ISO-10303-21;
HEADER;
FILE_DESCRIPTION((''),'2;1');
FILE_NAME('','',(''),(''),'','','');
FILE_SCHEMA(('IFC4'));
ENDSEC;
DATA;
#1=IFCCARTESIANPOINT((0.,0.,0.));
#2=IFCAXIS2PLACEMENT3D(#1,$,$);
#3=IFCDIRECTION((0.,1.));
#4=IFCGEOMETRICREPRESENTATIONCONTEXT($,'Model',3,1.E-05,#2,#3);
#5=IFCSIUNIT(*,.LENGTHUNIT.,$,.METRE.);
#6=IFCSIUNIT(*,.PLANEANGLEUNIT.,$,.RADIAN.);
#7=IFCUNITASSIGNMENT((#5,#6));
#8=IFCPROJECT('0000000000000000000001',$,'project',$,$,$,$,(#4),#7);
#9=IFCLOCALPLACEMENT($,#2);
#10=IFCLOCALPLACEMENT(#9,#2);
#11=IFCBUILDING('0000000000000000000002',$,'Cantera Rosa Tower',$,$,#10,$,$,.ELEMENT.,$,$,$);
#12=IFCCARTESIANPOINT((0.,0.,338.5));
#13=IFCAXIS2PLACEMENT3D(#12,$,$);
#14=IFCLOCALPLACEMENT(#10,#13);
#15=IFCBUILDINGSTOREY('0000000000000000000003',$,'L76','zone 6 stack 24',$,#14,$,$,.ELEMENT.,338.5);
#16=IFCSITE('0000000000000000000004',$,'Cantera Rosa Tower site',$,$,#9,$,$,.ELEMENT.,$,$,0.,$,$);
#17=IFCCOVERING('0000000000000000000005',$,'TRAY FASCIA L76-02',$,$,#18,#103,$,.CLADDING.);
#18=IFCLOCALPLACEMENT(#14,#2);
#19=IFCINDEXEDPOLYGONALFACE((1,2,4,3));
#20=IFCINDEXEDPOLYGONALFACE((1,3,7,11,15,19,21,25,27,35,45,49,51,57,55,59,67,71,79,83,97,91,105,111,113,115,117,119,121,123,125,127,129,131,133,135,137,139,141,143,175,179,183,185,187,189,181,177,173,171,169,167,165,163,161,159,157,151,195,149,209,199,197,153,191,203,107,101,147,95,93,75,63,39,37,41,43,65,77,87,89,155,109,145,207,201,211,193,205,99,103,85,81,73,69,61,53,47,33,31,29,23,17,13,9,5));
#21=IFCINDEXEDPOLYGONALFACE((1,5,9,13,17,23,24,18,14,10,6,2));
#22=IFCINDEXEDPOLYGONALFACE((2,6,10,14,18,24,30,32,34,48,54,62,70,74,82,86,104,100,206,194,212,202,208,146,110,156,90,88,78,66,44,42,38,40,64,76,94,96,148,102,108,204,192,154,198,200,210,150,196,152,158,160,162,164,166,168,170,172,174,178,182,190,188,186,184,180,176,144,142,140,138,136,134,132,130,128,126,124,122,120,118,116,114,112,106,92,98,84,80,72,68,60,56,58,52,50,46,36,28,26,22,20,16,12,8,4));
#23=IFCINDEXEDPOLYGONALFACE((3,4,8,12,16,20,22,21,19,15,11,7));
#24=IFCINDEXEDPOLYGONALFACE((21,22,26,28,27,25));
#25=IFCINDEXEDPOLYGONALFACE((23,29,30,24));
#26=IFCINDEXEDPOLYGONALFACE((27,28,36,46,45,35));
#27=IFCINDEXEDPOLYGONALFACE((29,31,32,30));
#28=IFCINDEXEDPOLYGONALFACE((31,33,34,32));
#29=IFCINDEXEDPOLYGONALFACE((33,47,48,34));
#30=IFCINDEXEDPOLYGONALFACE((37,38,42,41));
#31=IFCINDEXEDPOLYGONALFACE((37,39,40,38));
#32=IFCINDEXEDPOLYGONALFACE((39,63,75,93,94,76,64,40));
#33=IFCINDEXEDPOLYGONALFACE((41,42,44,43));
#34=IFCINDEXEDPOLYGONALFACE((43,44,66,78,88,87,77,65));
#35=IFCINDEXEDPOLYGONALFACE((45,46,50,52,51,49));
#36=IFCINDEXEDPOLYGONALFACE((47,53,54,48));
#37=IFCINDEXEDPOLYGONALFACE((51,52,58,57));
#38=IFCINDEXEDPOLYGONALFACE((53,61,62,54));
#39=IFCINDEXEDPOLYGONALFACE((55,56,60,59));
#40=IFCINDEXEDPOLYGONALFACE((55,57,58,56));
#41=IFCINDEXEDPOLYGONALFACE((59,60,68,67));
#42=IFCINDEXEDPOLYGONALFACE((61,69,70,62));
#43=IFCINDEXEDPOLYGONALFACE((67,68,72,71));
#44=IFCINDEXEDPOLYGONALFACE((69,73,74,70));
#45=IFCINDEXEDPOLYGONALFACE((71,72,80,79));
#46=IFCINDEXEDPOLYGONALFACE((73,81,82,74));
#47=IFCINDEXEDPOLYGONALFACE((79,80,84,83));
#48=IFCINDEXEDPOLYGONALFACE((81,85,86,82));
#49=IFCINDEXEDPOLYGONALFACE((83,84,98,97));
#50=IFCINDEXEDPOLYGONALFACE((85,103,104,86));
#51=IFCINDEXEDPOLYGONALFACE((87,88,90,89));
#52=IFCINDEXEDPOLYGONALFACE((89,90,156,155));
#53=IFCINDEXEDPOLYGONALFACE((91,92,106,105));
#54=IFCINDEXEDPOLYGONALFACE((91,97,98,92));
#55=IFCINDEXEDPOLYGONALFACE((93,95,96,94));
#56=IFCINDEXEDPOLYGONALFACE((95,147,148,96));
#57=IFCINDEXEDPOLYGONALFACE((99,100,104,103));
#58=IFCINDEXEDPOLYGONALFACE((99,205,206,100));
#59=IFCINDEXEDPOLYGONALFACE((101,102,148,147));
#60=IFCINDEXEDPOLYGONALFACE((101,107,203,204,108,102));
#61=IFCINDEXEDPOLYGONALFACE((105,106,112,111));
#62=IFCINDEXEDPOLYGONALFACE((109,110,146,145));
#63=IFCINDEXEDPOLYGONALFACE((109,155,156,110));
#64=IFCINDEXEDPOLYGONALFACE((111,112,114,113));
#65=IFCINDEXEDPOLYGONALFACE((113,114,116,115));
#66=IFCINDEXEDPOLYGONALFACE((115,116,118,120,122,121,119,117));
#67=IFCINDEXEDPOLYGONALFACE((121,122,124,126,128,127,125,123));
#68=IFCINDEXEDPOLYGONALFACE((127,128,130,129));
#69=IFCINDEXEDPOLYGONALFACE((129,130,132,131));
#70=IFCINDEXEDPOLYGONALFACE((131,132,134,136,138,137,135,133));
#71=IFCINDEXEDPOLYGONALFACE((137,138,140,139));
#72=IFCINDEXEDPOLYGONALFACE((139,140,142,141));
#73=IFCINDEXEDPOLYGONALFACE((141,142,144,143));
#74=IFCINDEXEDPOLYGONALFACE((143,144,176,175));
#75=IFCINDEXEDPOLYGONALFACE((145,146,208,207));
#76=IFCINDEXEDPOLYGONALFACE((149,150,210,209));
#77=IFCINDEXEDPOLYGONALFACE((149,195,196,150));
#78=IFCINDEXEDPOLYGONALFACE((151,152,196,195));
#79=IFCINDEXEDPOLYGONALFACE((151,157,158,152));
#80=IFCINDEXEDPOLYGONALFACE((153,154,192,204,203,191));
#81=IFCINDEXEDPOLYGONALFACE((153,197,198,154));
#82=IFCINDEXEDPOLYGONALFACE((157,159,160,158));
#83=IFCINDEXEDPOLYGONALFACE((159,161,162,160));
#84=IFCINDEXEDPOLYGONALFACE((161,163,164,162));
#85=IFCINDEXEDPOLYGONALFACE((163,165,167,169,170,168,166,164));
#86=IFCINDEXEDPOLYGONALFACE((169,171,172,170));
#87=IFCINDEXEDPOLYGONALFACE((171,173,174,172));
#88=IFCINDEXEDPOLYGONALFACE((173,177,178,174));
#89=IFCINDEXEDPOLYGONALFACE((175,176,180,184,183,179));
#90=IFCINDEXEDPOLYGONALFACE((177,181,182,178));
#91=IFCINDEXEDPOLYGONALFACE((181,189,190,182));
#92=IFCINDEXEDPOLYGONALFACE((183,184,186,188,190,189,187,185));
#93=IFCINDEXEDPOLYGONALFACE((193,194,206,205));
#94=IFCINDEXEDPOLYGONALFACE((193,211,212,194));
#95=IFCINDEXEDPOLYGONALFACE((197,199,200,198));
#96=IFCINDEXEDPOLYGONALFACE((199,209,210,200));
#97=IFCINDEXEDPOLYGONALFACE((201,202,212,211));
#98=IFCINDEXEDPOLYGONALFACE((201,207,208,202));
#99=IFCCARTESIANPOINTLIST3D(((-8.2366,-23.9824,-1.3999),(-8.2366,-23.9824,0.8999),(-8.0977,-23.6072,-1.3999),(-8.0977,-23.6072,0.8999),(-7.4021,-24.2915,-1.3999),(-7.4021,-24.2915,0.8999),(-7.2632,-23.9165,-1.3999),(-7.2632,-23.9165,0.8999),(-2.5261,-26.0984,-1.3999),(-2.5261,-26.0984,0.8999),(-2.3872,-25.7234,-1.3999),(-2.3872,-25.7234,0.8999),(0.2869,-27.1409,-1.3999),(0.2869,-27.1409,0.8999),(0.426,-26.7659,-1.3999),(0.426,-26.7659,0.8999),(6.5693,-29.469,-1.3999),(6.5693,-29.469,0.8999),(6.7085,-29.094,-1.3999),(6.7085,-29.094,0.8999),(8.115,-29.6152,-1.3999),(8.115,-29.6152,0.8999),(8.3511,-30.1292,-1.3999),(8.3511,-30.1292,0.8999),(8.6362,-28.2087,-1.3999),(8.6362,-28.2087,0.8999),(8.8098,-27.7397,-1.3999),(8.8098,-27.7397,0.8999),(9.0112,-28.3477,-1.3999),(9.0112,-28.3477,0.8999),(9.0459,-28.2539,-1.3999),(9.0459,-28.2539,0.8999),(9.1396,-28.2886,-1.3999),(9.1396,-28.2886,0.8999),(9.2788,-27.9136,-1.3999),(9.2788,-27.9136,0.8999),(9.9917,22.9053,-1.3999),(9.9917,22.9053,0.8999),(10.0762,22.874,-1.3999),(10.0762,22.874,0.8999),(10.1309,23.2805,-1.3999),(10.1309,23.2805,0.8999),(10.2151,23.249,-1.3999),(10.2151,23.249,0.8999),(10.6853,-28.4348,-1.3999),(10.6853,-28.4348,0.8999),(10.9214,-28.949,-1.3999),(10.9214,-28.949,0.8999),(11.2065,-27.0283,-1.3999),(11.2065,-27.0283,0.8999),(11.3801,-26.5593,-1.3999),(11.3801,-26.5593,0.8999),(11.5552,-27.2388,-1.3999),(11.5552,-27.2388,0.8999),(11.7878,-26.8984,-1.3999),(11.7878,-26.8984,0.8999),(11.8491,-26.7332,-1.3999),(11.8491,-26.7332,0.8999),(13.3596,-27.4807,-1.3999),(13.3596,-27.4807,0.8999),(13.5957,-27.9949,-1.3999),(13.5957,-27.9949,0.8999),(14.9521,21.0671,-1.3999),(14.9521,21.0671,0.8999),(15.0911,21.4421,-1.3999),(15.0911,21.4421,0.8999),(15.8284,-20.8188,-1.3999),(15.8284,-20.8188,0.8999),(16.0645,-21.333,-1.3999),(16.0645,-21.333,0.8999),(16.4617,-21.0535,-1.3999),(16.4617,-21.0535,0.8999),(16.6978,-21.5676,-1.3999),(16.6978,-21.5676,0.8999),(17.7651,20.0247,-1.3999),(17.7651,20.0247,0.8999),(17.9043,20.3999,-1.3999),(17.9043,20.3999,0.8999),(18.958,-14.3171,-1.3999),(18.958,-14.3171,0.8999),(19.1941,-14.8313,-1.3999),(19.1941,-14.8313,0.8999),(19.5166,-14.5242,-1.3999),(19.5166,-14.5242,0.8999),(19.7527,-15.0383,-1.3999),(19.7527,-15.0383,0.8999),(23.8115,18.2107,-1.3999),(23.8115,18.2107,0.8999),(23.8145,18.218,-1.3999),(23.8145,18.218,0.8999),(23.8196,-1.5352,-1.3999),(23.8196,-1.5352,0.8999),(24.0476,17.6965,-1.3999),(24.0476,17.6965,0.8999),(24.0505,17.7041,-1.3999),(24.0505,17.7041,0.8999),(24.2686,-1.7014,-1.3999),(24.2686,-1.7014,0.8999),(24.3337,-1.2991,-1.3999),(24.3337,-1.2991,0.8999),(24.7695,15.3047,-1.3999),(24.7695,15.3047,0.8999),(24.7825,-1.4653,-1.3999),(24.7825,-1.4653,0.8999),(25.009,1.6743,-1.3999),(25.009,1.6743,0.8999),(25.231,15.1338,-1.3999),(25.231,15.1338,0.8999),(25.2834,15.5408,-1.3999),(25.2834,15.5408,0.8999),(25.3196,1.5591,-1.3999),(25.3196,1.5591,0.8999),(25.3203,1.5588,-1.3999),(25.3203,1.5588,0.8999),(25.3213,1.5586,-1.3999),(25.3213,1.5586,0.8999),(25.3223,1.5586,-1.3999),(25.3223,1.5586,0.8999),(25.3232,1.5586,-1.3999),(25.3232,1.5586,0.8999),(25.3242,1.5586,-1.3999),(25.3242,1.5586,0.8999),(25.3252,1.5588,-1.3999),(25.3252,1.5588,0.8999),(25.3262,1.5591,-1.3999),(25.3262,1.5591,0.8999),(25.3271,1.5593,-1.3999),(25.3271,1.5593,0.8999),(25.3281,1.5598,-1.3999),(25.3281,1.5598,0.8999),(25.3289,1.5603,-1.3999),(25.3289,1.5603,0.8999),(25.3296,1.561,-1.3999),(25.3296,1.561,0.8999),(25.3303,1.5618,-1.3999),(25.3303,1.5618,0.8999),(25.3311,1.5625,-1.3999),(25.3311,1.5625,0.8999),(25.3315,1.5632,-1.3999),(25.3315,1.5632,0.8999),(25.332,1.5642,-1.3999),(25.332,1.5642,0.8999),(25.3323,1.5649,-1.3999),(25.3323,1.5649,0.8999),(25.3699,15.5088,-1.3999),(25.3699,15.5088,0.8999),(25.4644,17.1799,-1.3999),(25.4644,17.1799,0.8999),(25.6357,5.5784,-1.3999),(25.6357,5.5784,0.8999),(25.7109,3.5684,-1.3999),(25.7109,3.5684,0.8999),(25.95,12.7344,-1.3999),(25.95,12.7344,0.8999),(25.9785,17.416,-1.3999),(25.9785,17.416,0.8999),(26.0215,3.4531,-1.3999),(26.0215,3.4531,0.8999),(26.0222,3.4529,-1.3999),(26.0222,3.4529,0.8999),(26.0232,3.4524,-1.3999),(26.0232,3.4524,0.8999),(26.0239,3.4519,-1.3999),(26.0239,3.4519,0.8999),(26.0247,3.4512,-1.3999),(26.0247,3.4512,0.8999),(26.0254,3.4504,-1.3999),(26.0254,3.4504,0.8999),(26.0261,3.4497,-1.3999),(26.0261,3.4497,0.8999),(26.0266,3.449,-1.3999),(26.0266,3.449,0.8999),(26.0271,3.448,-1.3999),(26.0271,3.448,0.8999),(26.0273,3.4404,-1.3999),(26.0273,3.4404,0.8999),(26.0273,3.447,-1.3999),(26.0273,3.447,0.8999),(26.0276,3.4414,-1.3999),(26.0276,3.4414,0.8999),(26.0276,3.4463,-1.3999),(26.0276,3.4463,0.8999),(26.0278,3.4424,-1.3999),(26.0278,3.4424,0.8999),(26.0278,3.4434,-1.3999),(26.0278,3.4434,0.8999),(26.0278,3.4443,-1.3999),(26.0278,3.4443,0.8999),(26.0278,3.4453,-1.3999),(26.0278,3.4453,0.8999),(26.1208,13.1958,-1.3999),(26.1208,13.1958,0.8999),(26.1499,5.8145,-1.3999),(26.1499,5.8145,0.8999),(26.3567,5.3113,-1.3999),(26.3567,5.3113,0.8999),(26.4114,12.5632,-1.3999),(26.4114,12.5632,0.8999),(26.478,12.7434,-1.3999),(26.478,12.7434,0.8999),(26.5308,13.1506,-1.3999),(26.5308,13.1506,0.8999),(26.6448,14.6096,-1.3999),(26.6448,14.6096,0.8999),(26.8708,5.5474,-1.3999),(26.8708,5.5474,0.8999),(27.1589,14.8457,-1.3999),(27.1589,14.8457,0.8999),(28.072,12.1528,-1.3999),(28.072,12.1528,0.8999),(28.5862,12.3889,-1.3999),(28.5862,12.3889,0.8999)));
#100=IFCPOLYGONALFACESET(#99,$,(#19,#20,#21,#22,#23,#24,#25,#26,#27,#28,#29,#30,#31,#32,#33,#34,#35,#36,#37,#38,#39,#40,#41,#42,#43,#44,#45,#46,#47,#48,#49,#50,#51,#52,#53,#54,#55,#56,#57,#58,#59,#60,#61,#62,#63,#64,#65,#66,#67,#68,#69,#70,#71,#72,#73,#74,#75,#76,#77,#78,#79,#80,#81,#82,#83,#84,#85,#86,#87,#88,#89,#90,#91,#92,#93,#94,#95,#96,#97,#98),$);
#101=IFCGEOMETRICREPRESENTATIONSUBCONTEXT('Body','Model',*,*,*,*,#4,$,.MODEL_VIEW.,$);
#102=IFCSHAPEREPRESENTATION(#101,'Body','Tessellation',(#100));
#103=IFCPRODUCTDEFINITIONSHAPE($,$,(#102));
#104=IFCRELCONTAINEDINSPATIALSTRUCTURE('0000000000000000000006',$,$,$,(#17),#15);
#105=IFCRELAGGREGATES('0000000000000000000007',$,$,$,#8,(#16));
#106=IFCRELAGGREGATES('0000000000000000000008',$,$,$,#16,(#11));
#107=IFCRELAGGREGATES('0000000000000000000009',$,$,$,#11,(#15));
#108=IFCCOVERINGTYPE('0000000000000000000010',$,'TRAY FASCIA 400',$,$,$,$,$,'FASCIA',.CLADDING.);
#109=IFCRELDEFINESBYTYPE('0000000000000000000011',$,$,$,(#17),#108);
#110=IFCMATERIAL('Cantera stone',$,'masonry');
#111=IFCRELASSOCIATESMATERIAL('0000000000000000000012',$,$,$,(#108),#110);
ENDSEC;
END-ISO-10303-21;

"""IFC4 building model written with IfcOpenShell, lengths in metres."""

from ifc_helpers import new_model, si_unit, direction, frame, origin, place, context, subcontext, project, spatial, polyline, outline, extrude, material, type_object, element, save


model = new_model("IFC4")

# Units and contexts
model_context = context("Model", 3, precision=1e-05, world=origin(), true_north=direction((0.0, 1.0)))
body_context = subcontext(model_context, "Body", "Model", "MODEL_VIEW")
ifc_project = project(units=[si_unit("LENGTHUNIT", "METRE"), si_unit("PLANEANGLEUNIT", "RADIAN")], contexts=[model_context])

# Site, building, storey
site_placement = place(None, origin())
site = spatial("IfcSite", under=ifc_project, at=site_placement, Name="Cantera Rosa Tower site", CompositionType="ELEMENT", RefElevation=0.0)
building_placement = place(site_placement, origin())
building = spatial("IfcBuilding", under=site, at=building_placement, Name="Cantera Rosa Tower", CompositionType="ELEMENT")
storey_placement = place(building_placement, frame((0.0, 0.0, 338.5)))
storey = spatial("IfcBuildingStorey", under=building, at=storey_placement, Name="L76", Description="zone 6 stack 24", CompositionType="ELEMENT", Elevation=338.5)

# Covering
ifc_material_1 = material(Name="Cantera stone", Category="masonry")
covering_type_1 = type_object("IfcCoveringType", Name="TRAY FASCIA 400", ElementType="FASCIA", PredefinedType="CLADDING", material=ifc_material_1)
covering_1_placement = place(storey_placement, frame((0.0, 0.0, -1.3999)))
element("IfcCovering", 1, at=covering_1_placement, inside=storey, type_object=covering_type_1, Name="TRAY FASCIA L76-02", PredefinedType="CLADDING", context=body_context, shape_type="SweptSolid", body=[
    extrude(outline(polyline([(10.2151, 23.249), (15.0911, 21.4421), (17.9043, 20.3999), (23.8115, 18.2107), (23.8145, 18.218), (25.9785, 17.416), (25.2834, 15.5408), (25.3699, 15.5088), (27.1589, 14.8457), (26.5308, 13.1506), (28.5862, 12.3889), (26.1499, 5.8145), (26.8708, 5.5474), (24.3337, -1.2991), (24.7825, -1.4653), (19.7527, -15.0383), (19.1941, -14.8313), (16.6978, -21.5676), (16.0645, -21.333), (13.5957, -27.9949), (11.5552, -27.2388), (10.9214, -28.949), (9.1396, -28.2886), (9.0459, -28.2539), (9.0112, -28.3477), (8.3511, -30.1292), (6.5693, -29.469), (0.2869, -27.1409), (-2.5261, -26.0984), (-7.4021, -24.2915), (-8.2366, -23.9824), (-8.0977, -23.6072), (-7.2632, -23.9165), (-2.3872, -25.7234), (0.426, -26.7659), (6.7085, -29.094), (8.115, -29.6152), (8.6362, -28.2087), (8.8098, -27.7397), (9.2788, -27.9136), (10.6853, -28.4348), (11.2065, -27.0283), (11.3801, -26.5593), (11.8491, -26.7332), (11.7878, -26.8984), (13.3596, -27.4807), (15.8284, -20.8188), (16.4617, -21.0535), (18.958, -14.3171), (19.5166, -14.5242), (24.2686, -1.7014), (23.8196, -1.5352), (25.009, 1.6743), (25.3196, 1.5591), (25.3203, 1.5588), (25.3213, 1.5586), (25.3223, 1.5586), (25.3232, 1.5586), (25.3242, 1.5586), (25.3252, 1.5588), (25.3262, 1.5591), (25.3271, 1.5593), (25.3281, 1.5598), (25.3289, 1.5603), (25.3296, 1.561), (25.3303, 1.5618), (25.3311, 1.5625), (25.3315, 1.5632), (25.332, 1.5642), (25.3323, 1.5649), (26.0273, 3.4404), (26.0276, 3.4414), (26.0278, 3.4424), (26.0278, 3.4434), (26.0278, 3.4443), (26.0278, 3.4453), (26.0276, 3.4463), (26.0273, 3.447), (26.0271, 3.448), (26.0266, 3.449), (26.0261, 3.4497), (26.0254, 3.4504), (26.0247, 3.4512), (26.0239, 3.4519), (26.0232, 3.4524), (26.0222, 3.4529), (26.0215, 3.4531), (25.7109, 3.5684), (26.3567, 5.3113), (25.6357, 5.5784), (28.072, 12.1528), (26.478, 12.7434), (26.4114, 12.5632), (25.95, 12.7344), (26.1208, 13.1958), (26.6448, 14.6096), (25.231, 15.1338), (24.7695, 15.3047), (25.4644, 17.1799), (24.0505, 17.7041), (24.0476, 17.6965), (17.7651, 20.0247), (14.9521, 21.0671), (10.0762, 22.874), (9.9917, 22.9053), (10.1309, 23.2805), (10.2151, 23.249)])), origin(), (0.0, 0.0, 1.0), 2.2998),
])

save(model, "model.ifc")
